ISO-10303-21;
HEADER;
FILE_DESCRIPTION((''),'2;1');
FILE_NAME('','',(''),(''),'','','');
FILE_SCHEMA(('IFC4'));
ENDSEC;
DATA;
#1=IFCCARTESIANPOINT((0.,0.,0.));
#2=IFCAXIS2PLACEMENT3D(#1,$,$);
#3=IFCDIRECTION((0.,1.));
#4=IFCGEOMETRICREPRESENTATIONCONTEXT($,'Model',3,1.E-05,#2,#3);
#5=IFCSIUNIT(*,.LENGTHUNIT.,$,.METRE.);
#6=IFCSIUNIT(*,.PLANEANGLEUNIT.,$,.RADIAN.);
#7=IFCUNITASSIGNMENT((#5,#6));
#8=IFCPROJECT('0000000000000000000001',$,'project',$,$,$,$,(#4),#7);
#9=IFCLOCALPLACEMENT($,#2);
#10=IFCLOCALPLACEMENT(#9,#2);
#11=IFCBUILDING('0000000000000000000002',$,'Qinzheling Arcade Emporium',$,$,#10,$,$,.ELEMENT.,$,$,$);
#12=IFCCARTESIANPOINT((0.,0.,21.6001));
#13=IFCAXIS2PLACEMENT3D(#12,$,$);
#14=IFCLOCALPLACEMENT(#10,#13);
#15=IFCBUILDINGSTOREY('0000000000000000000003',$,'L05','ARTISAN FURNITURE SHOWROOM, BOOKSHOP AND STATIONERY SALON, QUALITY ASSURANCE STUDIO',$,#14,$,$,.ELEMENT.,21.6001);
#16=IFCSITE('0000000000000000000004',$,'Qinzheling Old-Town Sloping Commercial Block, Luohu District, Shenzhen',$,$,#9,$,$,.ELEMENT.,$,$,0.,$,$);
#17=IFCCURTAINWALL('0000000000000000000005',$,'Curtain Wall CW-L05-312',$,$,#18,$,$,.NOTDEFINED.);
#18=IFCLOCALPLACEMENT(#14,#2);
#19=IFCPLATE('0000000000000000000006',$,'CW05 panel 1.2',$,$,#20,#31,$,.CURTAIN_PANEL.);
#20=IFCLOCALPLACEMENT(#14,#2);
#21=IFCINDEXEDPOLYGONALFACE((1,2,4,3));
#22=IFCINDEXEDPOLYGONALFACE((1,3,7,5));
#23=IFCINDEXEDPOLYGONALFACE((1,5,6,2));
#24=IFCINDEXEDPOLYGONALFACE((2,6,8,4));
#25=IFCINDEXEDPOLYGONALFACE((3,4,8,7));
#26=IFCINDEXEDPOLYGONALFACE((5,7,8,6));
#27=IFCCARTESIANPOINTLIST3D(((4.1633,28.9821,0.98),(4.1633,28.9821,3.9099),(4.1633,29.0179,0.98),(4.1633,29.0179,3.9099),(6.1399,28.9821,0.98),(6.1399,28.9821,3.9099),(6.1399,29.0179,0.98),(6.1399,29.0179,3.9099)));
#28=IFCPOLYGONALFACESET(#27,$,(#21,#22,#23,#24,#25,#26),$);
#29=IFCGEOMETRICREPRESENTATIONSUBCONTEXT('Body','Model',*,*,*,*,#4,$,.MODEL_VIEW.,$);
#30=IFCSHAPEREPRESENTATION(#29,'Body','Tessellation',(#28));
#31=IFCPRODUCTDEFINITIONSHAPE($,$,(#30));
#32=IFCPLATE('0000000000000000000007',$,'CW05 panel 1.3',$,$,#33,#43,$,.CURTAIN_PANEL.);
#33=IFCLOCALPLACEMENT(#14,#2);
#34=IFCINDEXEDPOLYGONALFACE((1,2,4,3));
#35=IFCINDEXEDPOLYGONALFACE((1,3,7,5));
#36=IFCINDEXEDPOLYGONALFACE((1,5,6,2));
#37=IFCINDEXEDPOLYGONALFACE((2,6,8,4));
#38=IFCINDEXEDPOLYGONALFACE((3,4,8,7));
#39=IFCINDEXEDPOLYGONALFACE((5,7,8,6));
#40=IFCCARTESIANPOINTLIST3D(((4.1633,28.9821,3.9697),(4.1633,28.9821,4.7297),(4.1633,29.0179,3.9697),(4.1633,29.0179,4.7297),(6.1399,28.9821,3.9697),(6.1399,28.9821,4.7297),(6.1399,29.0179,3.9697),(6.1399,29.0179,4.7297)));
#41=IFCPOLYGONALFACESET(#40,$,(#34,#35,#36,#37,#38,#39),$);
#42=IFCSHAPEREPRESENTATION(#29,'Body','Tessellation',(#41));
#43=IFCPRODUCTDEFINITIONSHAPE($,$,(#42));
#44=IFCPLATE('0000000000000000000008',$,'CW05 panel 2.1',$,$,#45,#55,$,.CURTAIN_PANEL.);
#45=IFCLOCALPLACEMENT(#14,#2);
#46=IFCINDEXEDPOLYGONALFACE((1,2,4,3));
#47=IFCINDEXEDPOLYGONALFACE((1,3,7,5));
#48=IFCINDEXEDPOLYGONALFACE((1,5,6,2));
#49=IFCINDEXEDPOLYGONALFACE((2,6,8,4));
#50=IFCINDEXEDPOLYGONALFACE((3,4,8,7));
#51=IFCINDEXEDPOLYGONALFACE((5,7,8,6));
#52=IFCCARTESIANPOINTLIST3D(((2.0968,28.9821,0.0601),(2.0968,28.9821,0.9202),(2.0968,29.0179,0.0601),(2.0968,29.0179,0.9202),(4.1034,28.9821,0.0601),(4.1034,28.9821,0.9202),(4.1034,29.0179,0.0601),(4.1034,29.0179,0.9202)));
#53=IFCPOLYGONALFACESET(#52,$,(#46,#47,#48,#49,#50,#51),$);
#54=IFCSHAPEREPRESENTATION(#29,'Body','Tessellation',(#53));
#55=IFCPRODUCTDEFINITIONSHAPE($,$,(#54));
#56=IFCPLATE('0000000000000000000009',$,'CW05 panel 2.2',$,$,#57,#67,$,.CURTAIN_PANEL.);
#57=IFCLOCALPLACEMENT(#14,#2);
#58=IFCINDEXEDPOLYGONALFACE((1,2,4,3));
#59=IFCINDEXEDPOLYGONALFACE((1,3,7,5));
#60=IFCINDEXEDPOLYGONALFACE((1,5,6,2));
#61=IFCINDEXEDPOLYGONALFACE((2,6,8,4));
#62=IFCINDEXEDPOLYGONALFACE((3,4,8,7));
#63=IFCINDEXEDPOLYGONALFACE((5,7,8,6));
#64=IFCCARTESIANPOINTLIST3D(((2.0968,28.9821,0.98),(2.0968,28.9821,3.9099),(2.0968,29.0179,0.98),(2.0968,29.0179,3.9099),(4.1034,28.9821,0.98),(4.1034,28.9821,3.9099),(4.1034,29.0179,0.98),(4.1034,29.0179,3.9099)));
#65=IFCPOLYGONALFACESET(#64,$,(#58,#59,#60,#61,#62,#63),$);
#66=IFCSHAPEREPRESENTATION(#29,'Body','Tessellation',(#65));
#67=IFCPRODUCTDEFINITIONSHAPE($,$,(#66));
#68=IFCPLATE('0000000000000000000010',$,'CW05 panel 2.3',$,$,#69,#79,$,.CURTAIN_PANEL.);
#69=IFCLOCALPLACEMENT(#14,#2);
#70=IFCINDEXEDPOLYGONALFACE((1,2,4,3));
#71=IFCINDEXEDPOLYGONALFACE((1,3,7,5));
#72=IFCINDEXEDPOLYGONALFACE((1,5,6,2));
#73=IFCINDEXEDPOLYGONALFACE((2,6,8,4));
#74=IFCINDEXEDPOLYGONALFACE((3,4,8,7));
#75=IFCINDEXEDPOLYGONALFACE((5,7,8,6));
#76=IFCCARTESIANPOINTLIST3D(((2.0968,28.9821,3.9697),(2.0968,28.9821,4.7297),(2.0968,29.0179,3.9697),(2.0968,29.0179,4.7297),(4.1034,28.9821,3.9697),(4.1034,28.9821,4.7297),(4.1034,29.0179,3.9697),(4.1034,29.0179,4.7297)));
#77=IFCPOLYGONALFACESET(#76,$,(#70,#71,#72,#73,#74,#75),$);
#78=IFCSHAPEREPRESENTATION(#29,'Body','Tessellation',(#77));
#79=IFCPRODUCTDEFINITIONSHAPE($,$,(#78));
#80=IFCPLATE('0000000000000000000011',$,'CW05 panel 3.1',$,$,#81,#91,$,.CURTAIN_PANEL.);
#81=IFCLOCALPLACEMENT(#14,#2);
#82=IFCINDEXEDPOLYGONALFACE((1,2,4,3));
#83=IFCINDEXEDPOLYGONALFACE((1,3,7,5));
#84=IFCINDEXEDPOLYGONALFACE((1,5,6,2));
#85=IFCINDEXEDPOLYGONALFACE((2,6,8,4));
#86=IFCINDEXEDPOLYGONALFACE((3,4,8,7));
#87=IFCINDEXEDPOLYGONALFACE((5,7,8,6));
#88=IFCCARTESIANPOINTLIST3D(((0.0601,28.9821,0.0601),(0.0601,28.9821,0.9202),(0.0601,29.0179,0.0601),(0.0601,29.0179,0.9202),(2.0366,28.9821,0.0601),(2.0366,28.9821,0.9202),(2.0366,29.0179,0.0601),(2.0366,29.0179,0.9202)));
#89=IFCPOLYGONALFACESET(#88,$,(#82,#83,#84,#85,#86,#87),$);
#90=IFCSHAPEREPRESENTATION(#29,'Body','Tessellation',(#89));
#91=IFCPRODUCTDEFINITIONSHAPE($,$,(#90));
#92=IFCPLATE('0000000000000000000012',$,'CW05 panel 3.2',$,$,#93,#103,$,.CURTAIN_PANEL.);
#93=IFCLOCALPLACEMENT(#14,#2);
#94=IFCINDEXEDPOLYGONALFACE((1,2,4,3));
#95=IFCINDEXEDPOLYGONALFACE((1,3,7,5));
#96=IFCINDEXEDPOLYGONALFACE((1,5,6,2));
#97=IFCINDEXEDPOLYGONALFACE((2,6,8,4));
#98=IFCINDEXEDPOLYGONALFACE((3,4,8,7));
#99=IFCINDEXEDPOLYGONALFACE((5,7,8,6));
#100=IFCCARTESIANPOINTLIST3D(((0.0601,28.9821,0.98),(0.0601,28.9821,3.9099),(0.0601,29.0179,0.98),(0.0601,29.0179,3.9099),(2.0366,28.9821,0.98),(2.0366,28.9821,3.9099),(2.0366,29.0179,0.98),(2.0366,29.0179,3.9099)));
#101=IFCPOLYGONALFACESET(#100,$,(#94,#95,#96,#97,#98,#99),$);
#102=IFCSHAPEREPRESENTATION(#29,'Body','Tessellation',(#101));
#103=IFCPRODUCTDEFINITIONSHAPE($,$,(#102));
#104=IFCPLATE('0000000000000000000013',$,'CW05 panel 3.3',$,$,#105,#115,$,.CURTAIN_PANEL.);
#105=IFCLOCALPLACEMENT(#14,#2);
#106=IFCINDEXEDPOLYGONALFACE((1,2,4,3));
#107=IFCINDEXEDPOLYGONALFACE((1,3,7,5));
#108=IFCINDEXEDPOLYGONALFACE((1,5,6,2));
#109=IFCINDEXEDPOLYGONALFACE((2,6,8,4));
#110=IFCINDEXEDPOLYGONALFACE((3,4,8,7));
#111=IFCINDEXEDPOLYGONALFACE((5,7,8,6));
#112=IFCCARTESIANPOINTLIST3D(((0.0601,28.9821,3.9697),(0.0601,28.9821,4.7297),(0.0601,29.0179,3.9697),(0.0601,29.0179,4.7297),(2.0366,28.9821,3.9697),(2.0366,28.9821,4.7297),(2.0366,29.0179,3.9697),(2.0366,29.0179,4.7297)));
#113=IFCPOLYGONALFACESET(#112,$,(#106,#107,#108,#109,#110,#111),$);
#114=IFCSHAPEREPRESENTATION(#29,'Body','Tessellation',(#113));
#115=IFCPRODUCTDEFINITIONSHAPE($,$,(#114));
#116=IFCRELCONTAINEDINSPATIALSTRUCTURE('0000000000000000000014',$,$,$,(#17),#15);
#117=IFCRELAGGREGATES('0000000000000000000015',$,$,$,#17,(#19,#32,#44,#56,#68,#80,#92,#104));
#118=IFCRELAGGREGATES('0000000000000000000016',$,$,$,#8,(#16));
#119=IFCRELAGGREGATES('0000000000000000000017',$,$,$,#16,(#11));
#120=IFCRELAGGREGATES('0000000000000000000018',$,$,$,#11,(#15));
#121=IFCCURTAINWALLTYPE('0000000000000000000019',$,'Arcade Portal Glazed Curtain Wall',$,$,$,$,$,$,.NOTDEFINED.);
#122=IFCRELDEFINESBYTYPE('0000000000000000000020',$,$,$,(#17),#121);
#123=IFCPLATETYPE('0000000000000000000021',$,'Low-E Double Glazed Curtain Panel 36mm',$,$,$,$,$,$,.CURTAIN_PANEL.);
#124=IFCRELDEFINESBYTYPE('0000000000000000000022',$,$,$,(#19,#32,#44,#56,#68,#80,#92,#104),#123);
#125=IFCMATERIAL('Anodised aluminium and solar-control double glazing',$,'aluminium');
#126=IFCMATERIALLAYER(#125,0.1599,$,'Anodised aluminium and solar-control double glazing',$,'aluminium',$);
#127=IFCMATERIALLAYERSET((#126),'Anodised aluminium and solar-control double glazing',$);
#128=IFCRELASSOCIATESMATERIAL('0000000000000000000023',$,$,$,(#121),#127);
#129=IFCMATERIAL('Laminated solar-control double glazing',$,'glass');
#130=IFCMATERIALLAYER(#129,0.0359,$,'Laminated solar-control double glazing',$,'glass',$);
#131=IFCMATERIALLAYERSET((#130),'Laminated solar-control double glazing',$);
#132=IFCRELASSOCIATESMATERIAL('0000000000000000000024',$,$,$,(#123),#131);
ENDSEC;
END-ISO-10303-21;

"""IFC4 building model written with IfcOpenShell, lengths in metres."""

from ifc_helpers import new_model, si_unit, direction, frame, origin, origin_2d, place, context, subcontext, project, spatial, rectangle, extrude, material, layer, layer_set, type_object, element, aggregate, save


model = new_model("IFC4")

# Units and contexts
model_context = context("Model", 3, precision=1e-05, world=origin(), true_north=direction((0.0, 1.0)))
body_context = subcontext(model_context, "Body", "Model", "MODEL_VIEW")
ifc_project = project(units=[si_unit("LENGTHUNIT", "METRE"), si_unit("PLANEANGLEUNIT", "RADIAN")], contexts=[model_context])

# Site, building, storey
site_placement = place(None, origin())
site = spatial("IfcSite", under=ifc_project, at=site_placement, Name="Qinzheling Old-Town Sloping Commercial Block, Luohu District, Shenzhen", CompositionType="ELEMENT", RefElevation=0.0)
building_placement = place(site_placement, origin())
building = spatial("IfcBuilding", under=site, at=building_placement, Name="Qinzheling Arcade Emporium", CompositionType="ELEMENT")
storey_placement = place(building_placement, frame((0.0, 0.0, 21.6001)))
storey = spatial("IfcBuildingStorey", under=building, at=storey_placement, Name="L05", Description="ARTISAN FURNITURE SHOWROOM, BOOKSHOP AND STATIONERY SALON, QUALITY ASSURANCE STUDIO", CompositionType="ELEMENT", Elevation=21.6001)

# Shared definitions
ifc_material_1 = material(Name="Anodised aluminium and solar-control double glazing", Category="aluminium")

# Curtain wall
ifc_layer_1 = layer(ifc_material_1, 0.1599, Name="Anodised aluminium and solar-control double glazing", Category="aluminium")
ifc_layer_set_1 = layer_set([ifc_layer_1], Name="Anodised aluminium and solar-control double glazing")
curtain_wall_type_1 = type_object("IfcCurtainWallType", Name="Arcade Portal Glazed Curtain Wall", PredefinedType="NOTDEFINED", material=ifc_layer_set_1)
curtain_wall_1_placement = place(storey_placement, origin())
curtain_wall_1 = element("IfcCurtainWall", 1, at=curtain_wall_1_placement, inside=storey, type_object=curtain_wall_type_1, Name="Curtain Wall CW-L05-312", PredefinedType="NOTDEFINED")

# Plates
ifc_material_2 = material(Name="Laminated solar-control double glazing", Category="glass")
ifc_layer_2 = layer(ifc_material_2, 0.0359, Name="Laminated solar-control double glazing", Category="glass")
ifc_layer_set_2 = layer_set([ifc_layer_2], Name="Laminated solar-control double glazing")
plate_type_1 = type_object("IfcPlateType", Name="Low-E Double Glazed Curtain Panel 36mm", PredefinedType="CURTAIN_PANEL", material=ifc_layer_set_2)
plate_1_placement = place(storey_placement, frame((5.1516, 29.0, 0.98), z_axis=(0.0, 0.0, 1.0), x_axis=(-1.0, 0.0, 0.0)))
plate_1 = element("IfcPlate", 2, at=plate_1_placement, type_object=plate_type_1, Name="CW05 panel 1.2", PredefinedType="CURTAIN_PANEL", context=body_context, shape_type="SweptSolid", body=[
    extrude(rectangle(XDim=1.9766, YDim=0.0359, at=origin_2d()), origin(), (0.0, 0.0, 1.0), 2.9299),
])
plate_2_placement = place(storey_placement, frame((5.1516, 29.0, 3.9697), z_axis=(0.0, 0.0, 1.0), x_axis=(-1.0, 0.0, 0.0)))
plate_2 = element("IfcPlate", 3, at=plate_2_placement, type_object=plate_type_1, Name="CW05 panel 1.3", PredefinedType="CURTAIN_PANEL", context=body_context, shape_type="SweptSolid", body=[
    extrude(rectangle(XDim=1.9766, YDim=0.0359, at=origin_2d()), origin(), (0.0, 0.0, 1.0), 0.76),
])
plate_3_placement = place(storey_placement, frame((3.1001, 29.0, 0.0601), z_axis=(0.0, 0.0, 1.0), x_axis=(-1.0, 0.0, 0.0)))
plate_3 = element("IfcPlate", 4, at=plate_3_placement, type_object=plate_type_1, Name="CW05 panel 2.1", PredefinedType="CURTAIN_PANEL", context=body_context, shape_type="SweptSolid", body=[
    extrude(rectangle(XDim=2.0066, YDim=0.0359, at=origin_2d()), origin(), (0.0, 0.0, 1.0), 0.8601),
])
plate_4_placement = place(storey_placement, frame((3.1001, 29.0, 0.98), z_axis=(0.0, 0.0, 1.0), x_axis=(-1.0, 0.0, 0.0)))
plate_4 = element("IfcPlate", 5, at=plate_4_placement, type_object=plate_type_1, Name="CW05 panel 2.2", PredefinedType="CURTAIN_PANEL", context=body_context, shape_type="SweptSolid", body=[
    extrude(rectangle(XDim=2.0066, YDim=0.0359, at=origin_2d()), origin(), (0.0, 0.0, 1.0), 2.9299),
])
plate_5_placement = place(storey_placement, frame((3.1001, 29.0, 3.9697), z_axis=(0.0, 0.0, 1.0), x_axis=(-1.0, 0.0, 0.0)))
plate_5 = element("IfcPlate", 6, at=plate_5_placement, type_object=plate_type_1, Name="CW05 panel 2.3", PredefinedType="CURTAIN_PANEL", context=body_context, shape_type="SweptSolid", body=[
    extrude(rectangle(XDim=2.0066, YDim=0.0359, at=origin_2d()), origin(), (0.0, 0.0, 1.0), 0.76),
])
plate_6_placement = place(storey_placement, frame((1.0483, 29.0, 0.0601), z_axis=(0.0, 0.0, 1.0), x_axis=(-1.0, 0.0, 0.0)))
plate_6 = element("IfcPlate", 7, at=plate_6_placement, type_object=plate_type_1, Name="CW05 panel 3.1", PredefinedType="CURTAIN_PANEL", context=body_context, shape_type="SweptSolid", body=[
    extrude(rectangle(XDim=1.9766, YDim=0.0359, at=origin_2d()), origin(), (0.0, 0.0, 1.0), 0.8601),
])
plate_7_placement = place(storey_placement, frame((1.0483, 29.0, 0.98), z_axis=(0.0, 0.0, 1.0), x_axis=(-1.0, 0.0, 0.0)))
plate_7 = element("IfcPlate", 8, at=plate_7_placement, type_object=plate_type_1, Name="CW05 panel 3.2", PredefinedType="CURTAIN_PANEL", context=body_context, shape_type="SweptSolid", body=[
    extrude(rectangle(XDim=1.9766, YDim=0.0359, at=origin_2d()), origin(), (0.0, 0.0, 1.0), 2.9299),
])
plate_8_placement = place(storey_placement, frame((1.0483, 29.0, 3.9697), z_axis=(0.0, 0.0, 1.0), x_axis=(-1.0, 0.0, 0.0)))
plate_8 = element("IfcPlate", 9, at=plate_8_placement, type_object=plate_type_1, Name="CW05 panel 3.3", PredefinedType="CURTAIN_PANEL", context=body_context, shape_type="SweptSolid", body=[
    extrude(rectangle(XDim=1.9766, YDim=0.0359, at=origin_2d()), origin(), (0.0, 0.0, 1.0), 0.76),
])
aggregate(curtain_wall_1, [plate_1, plate_2, plate_3, plate_4, plate_5, plate_6, plate_7, plate_8])

save(model, "model.ifc")
